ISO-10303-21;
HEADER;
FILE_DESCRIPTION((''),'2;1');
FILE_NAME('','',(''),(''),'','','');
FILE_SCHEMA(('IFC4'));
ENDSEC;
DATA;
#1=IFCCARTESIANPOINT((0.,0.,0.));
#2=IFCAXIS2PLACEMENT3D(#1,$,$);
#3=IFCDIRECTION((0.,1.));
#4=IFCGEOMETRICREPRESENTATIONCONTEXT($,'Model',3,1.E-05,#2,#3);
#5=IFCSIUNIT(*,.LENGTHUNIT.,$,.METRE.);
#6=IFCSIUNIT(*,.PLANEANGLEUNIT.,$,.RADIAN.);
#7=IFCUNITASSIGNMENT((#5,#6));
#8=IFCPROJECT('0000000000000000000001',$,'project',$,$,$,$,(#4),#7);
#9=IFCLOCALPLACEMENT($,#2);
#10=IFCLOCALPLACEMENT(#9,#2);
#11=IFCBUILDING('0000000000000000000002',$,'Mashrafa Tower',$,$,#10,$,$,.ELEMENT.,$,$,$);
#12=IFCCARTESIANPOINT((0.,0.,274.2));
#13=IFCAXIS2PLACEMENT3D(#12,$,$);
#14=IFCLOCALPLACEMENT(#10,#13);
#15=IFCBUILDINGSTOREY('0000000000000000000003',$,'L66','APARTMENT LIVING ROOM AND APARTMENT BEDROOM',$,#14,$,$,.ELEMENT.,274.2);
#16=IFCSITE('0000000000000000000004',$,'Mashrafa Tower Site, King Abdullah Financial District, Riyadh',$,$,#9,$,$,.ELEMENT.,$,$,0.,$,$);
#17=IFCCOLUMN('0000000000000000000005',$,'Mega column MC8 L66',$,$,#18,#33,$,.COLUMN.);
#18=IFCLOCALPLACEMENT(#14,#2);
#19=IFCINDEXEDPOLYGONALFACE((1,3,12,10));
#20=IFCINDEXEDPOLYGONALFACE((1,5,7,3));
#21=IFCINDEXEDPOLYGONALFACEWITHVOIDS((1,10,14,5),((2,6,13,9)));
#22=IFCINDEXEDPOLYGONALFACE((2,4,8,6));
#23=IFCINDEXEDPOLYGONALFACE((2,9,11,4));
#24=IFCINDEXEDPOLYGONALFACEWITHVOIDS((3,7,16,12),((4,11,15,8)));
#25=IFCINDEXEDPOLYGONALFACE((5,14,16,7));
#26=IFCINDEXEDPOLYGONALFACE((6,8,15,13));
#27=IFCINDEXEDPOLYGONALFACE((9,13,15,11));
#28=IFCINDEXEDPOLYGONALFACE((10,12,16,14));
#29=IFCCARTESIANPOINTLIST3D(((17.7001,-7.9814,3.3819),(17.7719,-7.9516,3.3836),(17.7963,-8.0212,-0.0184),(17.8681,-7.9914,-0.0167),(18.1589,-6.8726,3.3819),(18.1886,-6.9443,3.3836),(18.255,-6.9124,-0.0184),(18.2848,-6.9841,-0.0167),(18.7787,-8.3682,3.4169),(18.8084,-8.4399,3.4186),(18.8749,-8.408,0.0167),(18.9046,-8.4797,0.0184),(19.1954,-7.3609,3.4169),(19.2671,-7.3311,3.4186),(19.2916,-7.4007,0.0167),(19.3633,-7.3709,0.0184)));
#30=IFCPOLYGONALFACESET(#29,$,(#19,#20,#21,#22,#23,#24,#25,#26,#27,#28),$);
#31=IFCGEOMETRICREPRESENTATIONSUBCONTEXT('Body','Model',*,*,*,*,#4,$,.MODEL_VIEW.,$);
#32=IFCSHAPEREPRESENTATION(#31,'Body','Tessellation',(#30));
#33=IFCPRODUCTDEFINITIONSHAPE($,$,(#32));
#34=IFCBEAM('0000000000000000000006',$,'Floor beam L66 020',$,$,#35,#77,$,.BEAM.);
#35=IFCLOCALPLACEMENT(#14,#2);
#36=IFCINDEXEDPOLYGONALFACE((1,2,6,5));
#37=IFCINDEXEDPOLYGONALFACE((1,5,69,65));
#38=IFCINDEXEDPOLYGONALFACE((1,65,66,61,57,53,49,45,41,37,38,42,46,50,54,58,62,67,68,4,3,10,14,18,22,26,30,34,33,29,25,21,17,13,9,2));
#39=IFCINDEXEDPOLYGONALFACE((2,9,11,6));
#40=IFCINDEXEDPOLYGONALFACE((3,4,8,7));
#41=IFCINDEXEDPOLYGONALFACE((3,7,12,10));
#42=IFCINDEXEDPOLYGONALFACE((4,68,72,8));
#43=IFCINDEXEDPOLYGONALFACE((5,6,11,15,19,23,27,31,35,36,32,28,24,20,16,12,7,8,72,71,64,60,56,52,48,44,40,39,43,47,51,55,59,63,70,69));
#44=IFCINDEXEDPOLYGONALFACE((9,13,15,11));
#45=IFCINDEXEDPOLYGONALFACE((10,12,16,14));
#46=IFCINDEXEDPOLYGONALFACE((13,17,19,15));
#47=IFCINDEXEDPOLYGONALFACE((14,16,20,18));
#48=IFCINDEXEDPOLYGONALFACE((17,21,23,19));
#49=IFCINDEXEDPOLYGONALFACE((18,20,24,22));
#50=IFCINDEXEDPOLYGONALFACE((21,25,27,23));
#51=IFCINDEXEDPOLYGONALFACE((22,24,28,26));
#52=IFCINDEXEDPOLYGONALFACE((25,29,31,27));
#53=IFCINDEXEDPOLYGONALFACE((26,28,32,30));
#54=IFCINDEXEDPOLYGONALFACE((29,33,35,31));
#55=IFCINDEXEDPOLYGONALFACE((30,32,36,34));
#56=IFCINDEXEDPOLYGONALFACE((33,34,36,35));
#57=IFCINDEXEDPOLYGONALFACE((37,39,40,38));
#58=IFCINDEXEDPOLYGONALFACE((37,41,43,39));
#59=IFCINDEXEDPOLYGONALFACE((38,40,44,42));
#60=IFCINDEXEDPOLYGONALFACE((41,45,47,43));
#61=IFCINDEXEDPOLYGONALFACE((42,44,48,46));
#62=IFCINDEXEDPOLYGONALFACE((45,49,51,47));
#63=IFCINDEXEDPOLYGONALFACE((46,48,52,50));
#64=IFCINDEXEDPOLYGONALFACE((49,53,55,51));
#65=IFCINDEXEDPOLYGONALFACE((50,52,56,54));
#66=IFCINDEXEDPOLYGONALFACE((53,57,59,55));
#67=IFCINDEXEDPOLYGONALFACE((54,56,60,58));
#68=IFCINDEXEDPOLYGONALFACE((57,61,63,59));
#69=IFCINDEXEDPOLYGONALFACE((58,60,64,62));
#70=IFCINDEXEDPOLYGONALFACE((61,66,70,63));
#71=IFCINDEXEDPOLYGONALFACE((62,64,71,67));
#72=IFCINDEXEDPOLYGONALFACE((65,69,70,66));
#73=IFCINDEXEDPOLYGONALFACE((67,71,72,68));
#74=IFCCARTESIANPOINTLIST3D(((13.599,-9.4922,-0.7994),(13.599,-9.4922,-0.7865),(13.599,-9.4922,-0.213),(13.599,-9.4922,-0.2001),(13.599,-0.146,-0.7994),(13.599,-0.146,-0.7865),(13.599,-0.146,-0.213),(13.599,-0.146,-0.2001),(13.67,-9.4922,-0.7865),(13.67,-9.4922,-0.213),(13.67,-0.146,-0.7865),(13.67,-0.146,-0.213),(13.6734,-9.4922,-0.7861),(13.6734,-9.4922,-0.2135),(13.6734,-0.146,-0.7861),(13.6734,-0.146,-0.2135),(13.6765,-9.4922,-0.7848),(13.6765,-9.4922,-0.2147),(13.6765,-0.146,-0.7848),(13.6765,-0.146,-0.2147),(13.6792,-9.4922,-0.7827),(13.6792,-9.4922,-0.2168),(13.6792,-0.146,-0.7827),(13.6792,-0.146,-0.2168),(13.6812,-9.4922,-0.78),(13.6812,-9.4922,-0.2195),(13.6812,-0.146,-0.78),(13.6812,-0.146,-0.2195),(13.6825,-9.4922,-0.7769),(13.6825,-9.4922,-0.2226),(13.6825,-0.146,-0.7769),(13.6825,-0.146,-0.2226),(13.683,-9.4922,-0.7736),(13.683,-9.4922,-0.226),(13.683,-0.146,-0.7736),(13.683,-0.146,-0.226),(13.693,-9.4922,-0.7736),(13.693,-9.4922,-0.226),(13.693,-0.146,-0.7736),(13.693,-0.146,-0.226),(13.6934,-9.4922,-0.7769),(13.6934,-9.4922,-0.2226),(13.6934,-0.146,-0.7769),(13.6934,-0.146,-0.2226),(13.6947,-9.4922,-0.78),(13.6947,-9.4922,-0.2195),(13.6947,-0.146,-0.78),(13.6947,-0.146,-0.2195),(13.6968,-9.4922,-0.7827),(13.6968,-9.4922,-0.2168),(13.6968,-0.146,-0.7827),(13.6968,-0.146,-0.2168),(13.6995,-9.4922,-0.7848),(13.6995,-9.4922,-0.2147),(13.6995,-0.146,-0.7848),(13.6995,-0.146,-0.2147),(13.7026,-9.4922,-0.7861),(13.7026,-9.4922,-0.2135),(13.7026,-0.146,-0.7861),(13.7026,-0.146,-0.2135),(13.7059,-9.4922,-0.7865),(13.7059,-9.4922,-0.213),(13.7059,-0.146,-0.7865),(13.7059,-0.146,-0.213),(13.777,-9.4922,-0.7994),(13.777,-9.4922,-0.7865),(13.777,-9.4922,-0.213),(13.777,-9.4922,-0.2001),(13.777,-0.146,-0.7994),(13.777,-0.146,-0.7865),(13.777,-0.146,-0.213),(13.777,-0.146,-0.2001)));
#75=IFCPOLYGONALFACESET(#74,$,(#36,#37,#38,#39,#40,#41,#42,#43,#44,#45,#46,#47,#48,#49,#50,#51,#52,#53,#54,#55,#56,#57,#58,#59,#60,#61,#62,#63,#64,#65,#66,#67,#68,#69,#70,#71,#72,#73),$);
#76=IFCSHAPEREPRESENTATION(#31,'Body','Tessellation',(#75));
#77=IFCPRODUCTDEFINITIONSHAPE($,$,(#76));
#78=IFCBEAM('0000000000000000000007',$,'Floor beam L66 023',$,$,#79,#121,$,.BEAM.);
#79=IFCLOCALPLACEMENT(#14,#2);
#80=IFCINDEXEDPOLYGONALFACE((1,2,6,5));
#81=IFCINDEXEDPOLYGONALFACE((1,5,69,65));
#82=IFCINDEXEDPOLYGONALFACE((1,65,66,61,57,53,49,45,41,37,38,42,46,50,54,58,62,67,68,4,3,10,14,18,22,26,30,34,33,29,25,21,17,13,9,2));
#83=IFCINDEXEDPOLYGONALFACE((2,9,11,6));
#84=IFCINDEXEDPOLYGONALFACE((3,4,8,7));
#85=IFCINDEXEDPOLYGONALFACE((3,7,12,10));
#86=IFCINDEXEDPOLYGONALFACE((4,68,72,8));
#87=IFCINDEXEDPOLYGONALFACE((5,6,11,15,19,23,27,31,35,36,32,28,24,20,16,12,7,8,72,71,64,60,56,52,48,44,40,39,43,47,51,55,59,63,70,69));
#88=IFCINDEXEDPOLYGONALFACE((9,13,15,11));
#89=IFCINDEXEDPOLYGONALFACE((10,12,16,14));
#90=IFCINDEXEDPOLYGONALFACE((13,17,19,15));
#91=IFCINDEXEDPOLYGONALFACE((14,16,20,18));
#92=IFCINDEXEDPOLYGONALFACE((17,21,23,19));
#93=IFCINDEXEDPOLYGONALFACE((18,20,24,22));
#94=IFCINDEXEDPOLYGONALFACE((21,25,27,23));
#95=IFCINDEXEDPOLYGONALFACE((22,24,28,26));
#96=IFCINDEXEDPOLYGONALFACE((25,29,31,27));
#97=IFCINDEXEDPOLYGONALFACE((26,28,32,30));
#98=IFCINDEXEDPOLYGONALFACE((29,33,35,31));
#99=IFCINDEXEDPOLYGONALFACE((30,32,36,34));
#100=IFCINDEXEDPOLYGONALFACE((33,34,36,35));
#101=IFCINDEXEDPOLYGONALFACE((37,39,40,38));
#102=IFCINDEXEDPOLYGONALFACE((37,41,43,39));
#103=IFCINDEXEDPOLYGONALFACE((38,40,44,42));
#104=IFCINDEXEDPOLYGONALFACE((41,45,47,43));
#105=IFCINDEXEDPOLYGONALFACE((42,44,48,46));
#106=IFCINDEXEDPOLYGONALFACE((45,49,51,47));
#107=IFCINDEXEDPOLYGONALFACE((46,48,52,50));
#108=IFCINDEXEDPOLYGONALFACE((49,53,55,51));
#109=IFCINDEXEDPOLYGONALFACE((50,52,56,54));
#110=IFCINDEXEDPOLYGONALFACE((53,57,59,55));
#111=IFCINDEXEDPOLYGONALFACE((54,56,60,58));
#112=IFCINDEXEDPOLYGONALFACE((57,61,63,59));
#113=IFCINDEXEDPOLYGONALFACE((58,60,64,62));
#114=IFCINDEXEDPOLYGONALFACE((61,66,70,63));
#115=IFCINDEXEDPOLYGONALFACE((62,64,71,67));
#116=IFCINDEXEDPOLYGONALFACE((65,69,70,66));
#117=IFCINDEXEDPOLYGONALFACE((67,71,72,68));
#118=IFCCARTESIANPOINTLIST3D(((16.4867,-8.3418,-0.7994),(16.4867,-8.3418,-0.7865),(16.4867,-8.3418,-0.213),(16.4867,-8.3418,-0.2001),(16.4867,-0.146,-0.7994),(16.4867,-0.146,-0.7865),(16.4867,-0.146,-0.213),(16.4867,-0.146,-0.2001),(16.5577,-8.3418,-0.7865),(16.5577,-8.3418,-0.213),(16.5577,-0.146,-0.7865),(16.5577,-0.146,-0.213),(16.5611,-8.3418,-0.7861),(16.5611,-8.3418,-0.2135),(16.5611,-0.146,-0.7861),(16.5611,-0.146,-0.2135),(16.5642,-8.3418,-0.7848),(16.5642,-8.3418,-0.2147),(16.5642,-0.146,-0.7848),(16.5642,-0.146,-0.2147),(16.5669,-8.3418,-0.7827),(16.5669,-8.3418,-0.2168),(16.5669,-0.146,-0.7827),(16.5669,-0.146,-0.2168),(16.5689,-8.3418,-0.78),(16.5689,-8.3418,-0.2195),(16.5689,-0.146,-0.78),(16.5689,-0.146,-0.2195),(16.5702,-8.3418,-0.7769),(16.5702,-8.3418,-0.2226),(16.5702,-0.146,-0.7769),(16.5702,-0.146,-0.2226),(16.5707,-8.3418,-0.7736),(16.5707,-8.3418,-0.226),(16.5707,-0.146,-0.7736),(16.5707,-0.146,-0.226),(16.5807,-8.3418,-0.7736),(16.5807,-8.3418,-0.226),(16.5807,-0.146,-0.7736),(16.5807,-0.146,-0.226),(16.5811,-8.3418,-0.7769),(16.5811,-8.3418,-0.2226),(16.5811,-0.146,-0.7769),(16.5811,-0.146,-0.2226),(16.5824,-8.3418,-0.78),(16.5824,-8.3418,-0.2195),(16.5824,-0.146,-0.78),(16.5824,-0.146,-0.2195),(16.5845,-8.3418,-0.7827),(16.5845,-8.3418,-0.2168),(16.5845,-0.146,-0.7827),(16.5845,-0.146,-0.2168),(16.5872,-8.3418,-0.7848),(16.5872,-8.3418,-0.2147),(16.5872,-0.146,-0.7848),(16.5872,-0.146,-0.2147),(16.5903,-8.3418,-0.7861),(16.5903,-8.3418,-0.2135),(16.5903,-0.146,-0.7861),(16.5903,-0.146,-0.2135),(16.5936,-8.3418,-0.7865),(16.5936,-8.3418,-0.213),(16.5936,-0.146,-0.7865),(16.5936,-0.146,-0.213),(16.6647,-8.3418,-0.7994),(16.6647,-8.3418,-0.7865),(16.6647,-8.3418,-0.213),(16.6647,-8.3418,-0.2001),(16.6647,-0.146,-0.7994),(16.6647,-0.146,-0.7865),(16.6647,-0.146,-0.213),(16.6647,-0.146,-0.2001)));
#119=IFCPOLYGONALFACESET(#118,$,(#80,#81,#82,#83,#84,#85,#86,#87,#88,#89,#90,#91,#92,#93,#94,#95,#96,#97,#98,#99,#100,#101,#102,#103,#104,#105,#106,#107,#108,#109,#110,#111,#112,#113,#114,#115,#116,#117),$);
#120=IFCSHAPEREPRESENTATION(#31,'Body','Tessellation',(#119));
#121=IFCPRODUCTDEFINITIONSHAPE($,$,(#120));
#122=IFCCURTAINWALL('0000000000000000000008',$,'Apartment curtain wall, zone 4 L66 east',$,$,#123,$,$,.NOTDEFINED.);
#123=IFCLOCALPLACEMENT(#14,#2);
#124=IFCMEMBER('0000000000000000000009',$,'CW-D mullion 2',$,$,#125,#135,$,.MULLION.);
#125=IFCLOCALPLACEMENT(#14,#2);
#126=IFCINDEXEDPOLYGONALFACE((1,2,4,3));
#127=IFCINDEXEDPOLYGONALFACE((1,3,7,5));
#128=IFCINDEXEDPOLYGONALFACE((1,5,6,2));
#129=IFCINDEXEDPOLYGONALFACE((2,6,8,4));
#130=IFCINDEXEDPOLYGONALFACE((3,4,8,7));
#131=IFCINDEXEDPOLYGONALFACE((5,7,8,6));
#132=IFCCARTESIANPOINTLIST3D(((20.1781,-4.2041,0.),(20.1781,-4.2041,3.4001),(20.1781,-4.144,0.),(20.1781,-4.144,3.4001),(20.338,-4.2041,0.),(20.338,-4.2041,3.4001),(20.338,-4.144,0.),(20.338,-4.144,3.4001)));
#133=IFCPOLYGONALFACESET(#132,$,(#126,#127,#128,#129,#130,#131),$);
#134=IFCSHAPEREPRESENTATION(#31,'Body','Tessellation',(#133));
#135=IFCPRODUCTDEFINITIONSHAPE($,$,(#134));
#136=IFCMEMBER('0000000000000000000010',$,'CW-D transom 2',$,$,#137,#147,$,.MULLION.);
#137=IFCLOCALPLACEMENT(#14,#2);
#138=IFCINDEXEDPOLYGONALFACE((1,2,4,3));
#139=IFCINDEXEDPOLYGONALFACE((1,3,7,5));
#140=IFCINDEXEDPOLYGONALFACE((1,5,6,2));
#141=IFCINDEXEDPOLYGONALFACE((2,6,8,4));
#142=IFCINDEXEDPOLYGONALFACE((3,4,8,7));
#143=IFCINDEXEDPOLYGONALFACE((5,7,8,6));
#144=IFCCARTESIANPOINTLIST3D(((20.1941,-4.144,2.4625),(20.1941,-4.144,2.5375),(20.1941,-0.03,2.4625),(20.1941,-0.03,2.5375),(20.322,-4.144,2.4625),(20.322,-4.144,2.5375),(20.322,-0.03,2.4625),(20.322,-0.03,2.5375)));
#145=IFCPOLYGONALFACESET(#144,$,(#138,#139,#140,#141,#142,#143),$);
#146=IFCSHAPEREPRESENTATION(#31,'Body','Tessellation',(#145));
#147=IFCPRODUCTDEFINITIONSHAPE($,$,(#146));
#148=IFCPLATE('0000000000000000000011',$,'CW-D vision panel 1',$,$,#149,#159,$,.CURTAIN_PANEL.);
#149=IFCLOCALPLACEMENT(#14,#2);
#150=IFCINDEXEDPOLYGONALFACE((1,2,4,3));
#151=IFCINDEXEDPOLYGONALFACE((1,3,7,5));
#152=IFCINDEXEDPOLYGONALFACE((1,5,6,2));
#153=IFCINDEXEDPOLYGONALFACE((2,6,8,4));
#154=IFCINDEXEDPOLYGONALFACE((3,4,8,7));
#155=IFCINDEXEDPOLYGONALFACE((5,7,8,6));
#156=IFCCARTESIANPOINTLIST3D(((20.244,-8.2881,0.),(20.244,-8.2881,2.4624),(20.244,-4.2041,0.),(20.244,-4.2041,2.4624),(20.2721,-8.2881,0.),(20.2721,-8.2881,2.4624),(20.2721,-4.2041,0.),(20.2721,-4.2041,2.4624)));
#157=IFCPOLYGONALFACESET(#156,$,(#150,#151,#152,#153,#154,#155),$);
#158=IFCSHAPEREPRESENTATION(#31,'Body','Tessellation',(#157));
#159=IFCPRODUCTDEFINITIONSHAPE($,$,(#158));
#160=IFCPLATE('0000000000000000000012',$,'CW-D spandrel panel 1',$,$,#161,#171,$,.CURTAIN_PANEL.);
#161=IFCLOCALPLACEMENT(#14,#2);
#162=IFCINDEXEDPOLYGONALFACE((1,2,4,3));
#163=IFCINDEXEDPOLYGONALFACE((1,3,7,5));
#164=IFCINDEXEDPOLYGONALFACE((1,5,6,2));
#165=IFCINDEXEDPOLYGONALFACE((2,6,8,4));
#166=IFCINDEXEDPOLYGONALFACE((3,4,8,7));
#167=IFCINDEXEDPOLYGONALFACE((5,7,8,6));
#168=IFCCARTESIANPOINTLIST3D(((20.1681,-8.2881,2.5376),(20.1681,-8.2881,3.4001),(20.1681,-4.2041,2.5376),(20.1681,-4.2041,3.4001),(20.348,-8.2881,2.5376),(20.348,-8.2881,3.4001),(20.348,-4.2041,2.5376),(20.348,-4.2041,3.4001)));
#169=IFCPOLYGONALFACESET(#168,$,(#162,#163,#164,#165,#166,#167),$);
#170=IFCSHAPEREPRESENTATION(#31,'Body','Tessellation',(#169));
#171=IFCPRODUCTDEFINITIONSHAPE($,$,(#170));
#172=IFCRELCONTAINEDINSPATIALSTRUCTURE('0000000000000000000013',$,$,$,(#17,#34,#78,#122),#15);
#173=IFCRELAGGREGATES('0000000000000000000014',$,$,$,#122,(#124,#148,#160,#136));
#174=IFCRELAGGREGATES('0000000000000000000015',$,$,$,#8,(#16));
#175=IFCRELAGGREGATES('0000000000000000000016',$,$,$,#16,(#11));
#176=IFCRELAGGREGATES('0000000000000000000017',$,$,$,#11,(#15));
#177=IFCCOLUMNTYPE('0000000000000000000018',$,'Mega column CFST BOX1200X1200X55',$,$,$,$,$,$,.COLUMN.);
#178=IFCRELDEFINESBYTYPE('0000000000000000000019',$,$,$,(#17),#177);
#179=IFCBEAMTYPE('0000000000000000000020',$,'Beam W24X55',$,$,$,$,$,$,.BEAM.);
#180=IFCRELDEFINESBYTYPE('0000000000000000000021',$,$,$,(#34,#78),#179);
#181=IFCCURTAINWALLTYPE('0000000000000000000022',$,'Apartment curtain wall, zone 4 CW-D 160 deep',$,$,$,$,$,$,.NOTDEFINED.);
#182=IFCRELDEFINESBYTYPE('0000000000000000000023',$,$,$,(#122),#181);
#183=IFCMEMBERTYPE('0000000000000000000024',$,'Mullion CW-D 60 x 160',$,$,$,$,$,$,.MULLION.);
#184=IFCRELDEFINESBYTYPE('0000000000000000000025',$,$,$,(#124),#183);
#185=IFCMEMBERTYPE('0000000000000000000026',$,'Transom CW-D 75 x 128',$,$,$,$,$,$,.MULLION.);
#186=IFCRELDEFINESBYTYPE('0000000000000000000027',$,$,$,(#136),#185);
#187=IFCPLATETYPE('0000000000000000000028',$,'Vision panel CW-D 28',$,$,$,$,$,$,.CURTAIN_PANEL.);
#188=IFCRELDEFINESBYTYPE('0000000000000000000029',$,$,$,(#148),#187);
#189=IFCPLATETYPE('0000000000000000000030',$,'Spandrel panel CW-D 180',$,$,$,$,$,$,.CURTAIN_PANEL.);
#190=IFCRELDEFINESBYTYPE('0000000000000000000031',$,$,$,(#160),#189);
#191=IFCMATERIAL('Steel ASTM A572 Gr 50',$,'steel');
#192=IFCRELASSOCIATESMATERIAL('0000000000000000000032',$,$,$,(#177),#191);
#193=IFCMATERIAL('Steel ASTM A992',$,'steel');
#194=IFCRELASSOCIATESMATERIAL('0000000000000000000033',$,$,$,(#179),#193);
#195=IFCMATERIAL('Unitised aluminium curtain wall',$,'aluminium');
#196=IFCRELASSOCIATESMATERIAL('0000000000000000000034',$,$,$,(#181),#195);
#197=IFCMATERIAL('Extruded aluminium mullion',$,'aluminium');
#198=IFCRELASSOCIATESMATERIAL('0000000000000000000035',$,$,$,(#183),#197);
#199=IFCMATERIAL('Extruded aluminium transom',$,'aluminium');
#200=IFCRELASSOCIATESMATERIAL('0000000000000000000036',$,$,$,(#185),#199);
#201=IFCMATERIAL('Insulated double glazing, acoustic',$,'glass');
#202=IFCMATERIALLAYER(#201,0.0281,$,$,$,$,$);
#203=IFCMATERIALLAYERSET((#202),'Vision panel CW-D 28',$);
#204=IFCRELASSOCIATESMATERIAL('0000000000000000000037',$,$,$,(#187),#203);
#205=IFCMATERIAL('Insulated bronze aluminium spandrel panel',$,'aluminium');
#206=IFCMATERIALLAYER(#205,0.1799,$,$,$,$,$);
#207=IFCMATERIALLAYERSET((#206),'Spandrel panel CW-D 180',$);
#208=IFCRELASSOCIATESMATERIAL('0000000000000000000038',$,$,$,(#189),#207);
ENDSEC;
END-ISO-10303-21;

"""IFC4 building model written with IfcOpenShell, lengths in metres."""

from ifc_helpers import new_model, si_unit, direction, frame, origin, origin_2d, place, context, subcontext, project, spatial, rectangle, hollow_rectangle, i_section, extrude, source, transform, mapped, material, layer, layer_set, material_profile, profile_set, type_object, type_shapes, element, aggregate, save


model = new_model("IFC4")

# Units and contexts
model_context = context("Model", 3, precision=1e-05, world=origin(), true_north=direction((0.0, 1.0)))
body_context = subcontext(model_context, "Body", "Model", "MODEL_VIEW")
ifc_project = project(units=[si_unit("LENGTHUNIT", "METRE"), si_unit("PLANEANGLEUNIT", "RADIAN")], contexts=[model_context])

# Site, building, storey
site_placement = place(None, origin())
site = spatial("IfcSite", under=ifc_project, at=site_placement, Name="Mashrafa Tower Site, King Abdullah Financial District, Riyadh", CompositionType="ELEMENT", RefElevation=0.0)
building_placement = place(site_placement, origin())
building = spatial("IfcBuilding", under=site, at=building_placement, Name="Mashrafa Tower", CompositionType="ELEMENT")
storey_placement = place(building_placement, frame((0.0, 0.0, 274.2)))
storey = spatial("IfcBuildingStorey", under=building, at=storey_placement, Name="L66", Description="APARTMENT LIVING ROOM AND APARTMENT BEDROOM", CompositionType="ELEMENT", Elevation=274.2)

# Column
ifc_material_1 = material(Name="Steel ASTM A572 Gr 50", Category="steel")
ifc_material_profile_1 = material_profile(ifc_material_1, hollow_rectangle(XDim=1.2, YDim=1.2, WallThickness=0.0549, at=origin_2d()), Name="BOX1200X1200X55")
ifc_profile_set_1 = profile_set([ifc_material_profile_1], Name="Steel ASTM A572 Gr 50")
column_type = type_object("IfcColumnType", Name="Mega column CFST BOX1200X1200X55", PredefinedType="COLUMN", material=ifc_profile_set_1)
column_placement = place(storey_placement, frame((18.5798, -7.696, 0.0), z_axis=(-0.028277, 0.011698, 0.999532), x_axis=(-0.382283, -0.924045, 0.0)))
element("IfcColumn", 1, at=column_placement, inside=storey, type_object=column_type, Name="Mega column MC8 L66", PredefinedType="COLUMN", context=body_context, shape_type="SweptSolid", body=[
    extrude(hollow_rectangle(XDim=1.2, YDim=1.2, WallThickness=0.0549, at=origin_2d()), origin(), (0.0, 0.0, 1.0), 3.4019),
])

# Beams
ifc_material_2 = material(Name="Steel ASTM A992", Category="steel")
ifc_material_profile_2 = material_profile(ifc_material_2, i_section(OverallWidth=0.178, OverallDepth=0.5994, WebThickness=0.01, FlangeThickness=0.0129, FilletRadius=0.0129, at=origin_2d()), Name="W24X55")
ifc_profile_set_2 = profile_set([ifc_material_profile_2], Name="Steel ASTM A992")
beam_type = type_object("IfcBeamType", Name="Beam W24X55", PredefinedType="BEAM", material=ifc_profile_set_2)
beam_1_placement = place(storey_placement, frame((13.688, -0.146, -0.4998), z_axis=(0.0, -1.0, 0.0), x_axis=(1.0, 0.0, 0.0)))
element("IfcBeam", 2, at=beam_1_placement, inside=storey, type_object=beam_type, Name="Floor beam L66 020", PredefinedType="BEAM", context=body_context, shape_type="SweptSolid", body=[
    extrude(i_section(OverallWidth=0.178, OverallDepth=0.5994, WebThickness=0.01, FlangeThickness=0.0129, FilletRadius=0.0129, at=origin_2d()), origin(), (0.0, 0.0, 1.0), 9.3462),
])
beam_2_placement = place(storey_placement, frame((16.5757, -0.146, -0.4998), z_axis=(0.0, -1.0, 0.0), x_axis=(1.0, 0.0, 0.0)))
element("IfcBeam", 3, at=beam_2_placement, inside=storey, type_object=beam_type, Name="Floor beam L66 023", PredefinedType="BEAM", context=body_context, shape_type="SweptSolid", body=[
    extrude(i_section(OverallWidth=0.178, OverallDepth=0.5994, WebThickness=0.01, FlangeThickness=0.0129, FilletRadius=0.0129, at=origin_2d()), origin(), (0.0, 0.0, 1.0), 8.1958),
])

# Curtain wall, members, plates
ifc_material_3 = material(Name="Unitised aluminium curtain wall", Category="aluminium")
curtain_wall_type = type_object("IfcCurtainWallType", Name="Apartment curtain wall, zone 4 CW-D 160 deep", PredefinedType="NOTDEFINED", material=ifc_material_3)
curtain_wall_placement = place(storey_placement, origin())
curtain_wall = element("IfcCurtainWall", 4, at=curtain_wall_placement, inside=storey, type_object=curtain_wall_type, Name="Apartment curtain wall, zone 4 L66 east", PredefinedType="NOTDEFINED")
ifc_material_4 = material(Name="Extruded aluminium mullion", Category="aluminium")
ifc_material_profile_3 = material_profile(ifc_material_4, rectangle(XDim=0.1599, YDim=0.0601, at=origin_2d()), Name="Mullion 60x160")
ifc_profile_set_3 = profile_set([ifc_material_profile_3], Name="Extruded aluminium mullion")
member_type_1 = type_object("IfcMemberType", Name="Mullion CW-D 60 x 160", PredefinedType="MULLION", material=ifc_profile_set_3)
shared_shape_1 = source(origin(), body_context, "Body", "SweptSolid", [
    extrude(rectangle(XDim=0.1599, YDim=0.0601, at=origin_2d()), origin(), (0.0, 0.0, 1.0), 3.4001),
])
type_shapes(member_type_1, [shared_shape_1])
member_1_placement = place(storey_placement, frame((20.2581, -4.1741, 0.0), z_axis=(0.0, 0.0, 1.0), x_axis=(-1.0, 0.0, 0.0)))
member_1 = element("IfcMember", 5, at=member_1_placement, type_object=member_type_1, Name="CW-D mullion 2", PredefinedType="MULLION", context=body_context, shape_type="MappedRepresentation", body=[
    mapped(shared_shape_1, transform((0.0, 0.0, 0.0))),
])
ifc_material_5 = material(Name="Extruded aluminium transom", Category="aluminium")
ifc_material_profile_4 = material_profile(ifc_material_5, rectangle(XDim=0.1279, YDim=0.075, at=origin_2d()), Name="Transom 75x128")
ifc_profile_set_4 = profile_set([ifc_material_profile_4], Name="Extruded aluminium transom")
member_type_2 = type_object("IfcMemberType", Name="Transom CW-D 75 x 128", PredefinedType="MULLION", material=ifc_profile_set_4)
shared_shape_2 = source(origin(), body_context, "Body", "SweptSolid", [
    extrude(rectangle(XDim=0.1279, YDim=0.075, at=origin_2d()), origin(), (0.0, 0.0, 1.0), 4.114),
])
type_shapes(member_type_2, [shared_shape_2])
member_2_placement = place(storey_placement, frame((20.2581, -4.144, 2.5), z_axis=(0.0, 1.0, 0.0), x_axis=(-1.0, 0.0, 0.0)))
member_2 = element("IfcMember", 6, at=member_2_placement, type_object=member_type_2, Name="CW-D transom 2", PredefinedType="MULLION", context=body_context, shape_type="MappedRepresentation", body=[
    mapped(shared_shape_2, transform((0.0, 0.0, 0.0))),
])
ifc_material_6 = material(Name="Insulated double glazing, acoustic", Category="glass")
ifc_layer_1 = layer(ifc_material_6, 0.0281)
ifc_layer_set_1 = layer_set([ifc_layer_1], Name="Vision panel CW-D 28")
plate_type_1 = type_object("IfcPlateType", Name="Vision panel CW-D 28", PredefinedType="CURTAIN_PANEL", material=ifc_layer_set_1)
shared_shape_3 = source(origin(), body_context, "Body", "SweptSolid", [
    extrude(rectangle(XDim=4.084, YDim=0.0281, at=origin_2d()), origin(), (0.0, 0.0, 1.0), 2.4624),
])
plate_1_placement = place(storey_placement, frame((20.2581, -6.2461, 0.0), z_axis=(0.0, 0.0, 1.0), x_axis=(0.0, 1.0, 0.0)))
plate_1 = element("IfcPlate", 7, at=plate_1_placement, type_object=plate_type_1, Name="CW-D vision panel 1", PredefinedType="CURTAIN_PANEL", context=body_context, shape_type="MappedRepresentation", body=[
    mapped(shared_shape_3, transform((0.0, 0.0, 0.0))),
])
ifc_material_7 = material(Name="Insulated bronze aluminium spandrel panel", Category="aluminium")
ifc_layer_2 = layer(ifc_material_7, 0.1799)
ifc_layer_set_2 = layer_set([ifc_layer_2], Name="Spandrel panel CW-D 180")
plate_type_2 = type_object("IfcPlateType", Name="Spandrel panel CW-D 180", PredefinedType="CURTAIN_PANEL", material=ifc_layer_set_2)
shared_shape_4 = source(origin(), body_context, "Body", "SweptSolid", [
    extrude(rectangle(XDim=4.084, YDim=0.1799, at=origin_2d()), origin(), (0.0, 0.0, 1.0), 0.8625),
])
plate_2_placement = place(storey_placement, frame((20.2581, -6.2461, 2.5376), z_axis=(0.0, 0.0, 1.0), x_axis=(0.0, 1.0, 0.0)))
plate_2 = element("IfcPlate", 8, at=plate_2_placement, type_object=plate_type_2, Name="CW-D spandrel panel 1", PredefinedType="CURTAIN_PANEL", context=body_context, shape_type="MappedRepresentation", body=[
    mapped(shared_shape_4, transform((0.0, 0.0, 0.0))),
])
aggregate(curtain_wall, [member_1, plate_1, plate_2, member_2])

save(model, "model.ifc")
